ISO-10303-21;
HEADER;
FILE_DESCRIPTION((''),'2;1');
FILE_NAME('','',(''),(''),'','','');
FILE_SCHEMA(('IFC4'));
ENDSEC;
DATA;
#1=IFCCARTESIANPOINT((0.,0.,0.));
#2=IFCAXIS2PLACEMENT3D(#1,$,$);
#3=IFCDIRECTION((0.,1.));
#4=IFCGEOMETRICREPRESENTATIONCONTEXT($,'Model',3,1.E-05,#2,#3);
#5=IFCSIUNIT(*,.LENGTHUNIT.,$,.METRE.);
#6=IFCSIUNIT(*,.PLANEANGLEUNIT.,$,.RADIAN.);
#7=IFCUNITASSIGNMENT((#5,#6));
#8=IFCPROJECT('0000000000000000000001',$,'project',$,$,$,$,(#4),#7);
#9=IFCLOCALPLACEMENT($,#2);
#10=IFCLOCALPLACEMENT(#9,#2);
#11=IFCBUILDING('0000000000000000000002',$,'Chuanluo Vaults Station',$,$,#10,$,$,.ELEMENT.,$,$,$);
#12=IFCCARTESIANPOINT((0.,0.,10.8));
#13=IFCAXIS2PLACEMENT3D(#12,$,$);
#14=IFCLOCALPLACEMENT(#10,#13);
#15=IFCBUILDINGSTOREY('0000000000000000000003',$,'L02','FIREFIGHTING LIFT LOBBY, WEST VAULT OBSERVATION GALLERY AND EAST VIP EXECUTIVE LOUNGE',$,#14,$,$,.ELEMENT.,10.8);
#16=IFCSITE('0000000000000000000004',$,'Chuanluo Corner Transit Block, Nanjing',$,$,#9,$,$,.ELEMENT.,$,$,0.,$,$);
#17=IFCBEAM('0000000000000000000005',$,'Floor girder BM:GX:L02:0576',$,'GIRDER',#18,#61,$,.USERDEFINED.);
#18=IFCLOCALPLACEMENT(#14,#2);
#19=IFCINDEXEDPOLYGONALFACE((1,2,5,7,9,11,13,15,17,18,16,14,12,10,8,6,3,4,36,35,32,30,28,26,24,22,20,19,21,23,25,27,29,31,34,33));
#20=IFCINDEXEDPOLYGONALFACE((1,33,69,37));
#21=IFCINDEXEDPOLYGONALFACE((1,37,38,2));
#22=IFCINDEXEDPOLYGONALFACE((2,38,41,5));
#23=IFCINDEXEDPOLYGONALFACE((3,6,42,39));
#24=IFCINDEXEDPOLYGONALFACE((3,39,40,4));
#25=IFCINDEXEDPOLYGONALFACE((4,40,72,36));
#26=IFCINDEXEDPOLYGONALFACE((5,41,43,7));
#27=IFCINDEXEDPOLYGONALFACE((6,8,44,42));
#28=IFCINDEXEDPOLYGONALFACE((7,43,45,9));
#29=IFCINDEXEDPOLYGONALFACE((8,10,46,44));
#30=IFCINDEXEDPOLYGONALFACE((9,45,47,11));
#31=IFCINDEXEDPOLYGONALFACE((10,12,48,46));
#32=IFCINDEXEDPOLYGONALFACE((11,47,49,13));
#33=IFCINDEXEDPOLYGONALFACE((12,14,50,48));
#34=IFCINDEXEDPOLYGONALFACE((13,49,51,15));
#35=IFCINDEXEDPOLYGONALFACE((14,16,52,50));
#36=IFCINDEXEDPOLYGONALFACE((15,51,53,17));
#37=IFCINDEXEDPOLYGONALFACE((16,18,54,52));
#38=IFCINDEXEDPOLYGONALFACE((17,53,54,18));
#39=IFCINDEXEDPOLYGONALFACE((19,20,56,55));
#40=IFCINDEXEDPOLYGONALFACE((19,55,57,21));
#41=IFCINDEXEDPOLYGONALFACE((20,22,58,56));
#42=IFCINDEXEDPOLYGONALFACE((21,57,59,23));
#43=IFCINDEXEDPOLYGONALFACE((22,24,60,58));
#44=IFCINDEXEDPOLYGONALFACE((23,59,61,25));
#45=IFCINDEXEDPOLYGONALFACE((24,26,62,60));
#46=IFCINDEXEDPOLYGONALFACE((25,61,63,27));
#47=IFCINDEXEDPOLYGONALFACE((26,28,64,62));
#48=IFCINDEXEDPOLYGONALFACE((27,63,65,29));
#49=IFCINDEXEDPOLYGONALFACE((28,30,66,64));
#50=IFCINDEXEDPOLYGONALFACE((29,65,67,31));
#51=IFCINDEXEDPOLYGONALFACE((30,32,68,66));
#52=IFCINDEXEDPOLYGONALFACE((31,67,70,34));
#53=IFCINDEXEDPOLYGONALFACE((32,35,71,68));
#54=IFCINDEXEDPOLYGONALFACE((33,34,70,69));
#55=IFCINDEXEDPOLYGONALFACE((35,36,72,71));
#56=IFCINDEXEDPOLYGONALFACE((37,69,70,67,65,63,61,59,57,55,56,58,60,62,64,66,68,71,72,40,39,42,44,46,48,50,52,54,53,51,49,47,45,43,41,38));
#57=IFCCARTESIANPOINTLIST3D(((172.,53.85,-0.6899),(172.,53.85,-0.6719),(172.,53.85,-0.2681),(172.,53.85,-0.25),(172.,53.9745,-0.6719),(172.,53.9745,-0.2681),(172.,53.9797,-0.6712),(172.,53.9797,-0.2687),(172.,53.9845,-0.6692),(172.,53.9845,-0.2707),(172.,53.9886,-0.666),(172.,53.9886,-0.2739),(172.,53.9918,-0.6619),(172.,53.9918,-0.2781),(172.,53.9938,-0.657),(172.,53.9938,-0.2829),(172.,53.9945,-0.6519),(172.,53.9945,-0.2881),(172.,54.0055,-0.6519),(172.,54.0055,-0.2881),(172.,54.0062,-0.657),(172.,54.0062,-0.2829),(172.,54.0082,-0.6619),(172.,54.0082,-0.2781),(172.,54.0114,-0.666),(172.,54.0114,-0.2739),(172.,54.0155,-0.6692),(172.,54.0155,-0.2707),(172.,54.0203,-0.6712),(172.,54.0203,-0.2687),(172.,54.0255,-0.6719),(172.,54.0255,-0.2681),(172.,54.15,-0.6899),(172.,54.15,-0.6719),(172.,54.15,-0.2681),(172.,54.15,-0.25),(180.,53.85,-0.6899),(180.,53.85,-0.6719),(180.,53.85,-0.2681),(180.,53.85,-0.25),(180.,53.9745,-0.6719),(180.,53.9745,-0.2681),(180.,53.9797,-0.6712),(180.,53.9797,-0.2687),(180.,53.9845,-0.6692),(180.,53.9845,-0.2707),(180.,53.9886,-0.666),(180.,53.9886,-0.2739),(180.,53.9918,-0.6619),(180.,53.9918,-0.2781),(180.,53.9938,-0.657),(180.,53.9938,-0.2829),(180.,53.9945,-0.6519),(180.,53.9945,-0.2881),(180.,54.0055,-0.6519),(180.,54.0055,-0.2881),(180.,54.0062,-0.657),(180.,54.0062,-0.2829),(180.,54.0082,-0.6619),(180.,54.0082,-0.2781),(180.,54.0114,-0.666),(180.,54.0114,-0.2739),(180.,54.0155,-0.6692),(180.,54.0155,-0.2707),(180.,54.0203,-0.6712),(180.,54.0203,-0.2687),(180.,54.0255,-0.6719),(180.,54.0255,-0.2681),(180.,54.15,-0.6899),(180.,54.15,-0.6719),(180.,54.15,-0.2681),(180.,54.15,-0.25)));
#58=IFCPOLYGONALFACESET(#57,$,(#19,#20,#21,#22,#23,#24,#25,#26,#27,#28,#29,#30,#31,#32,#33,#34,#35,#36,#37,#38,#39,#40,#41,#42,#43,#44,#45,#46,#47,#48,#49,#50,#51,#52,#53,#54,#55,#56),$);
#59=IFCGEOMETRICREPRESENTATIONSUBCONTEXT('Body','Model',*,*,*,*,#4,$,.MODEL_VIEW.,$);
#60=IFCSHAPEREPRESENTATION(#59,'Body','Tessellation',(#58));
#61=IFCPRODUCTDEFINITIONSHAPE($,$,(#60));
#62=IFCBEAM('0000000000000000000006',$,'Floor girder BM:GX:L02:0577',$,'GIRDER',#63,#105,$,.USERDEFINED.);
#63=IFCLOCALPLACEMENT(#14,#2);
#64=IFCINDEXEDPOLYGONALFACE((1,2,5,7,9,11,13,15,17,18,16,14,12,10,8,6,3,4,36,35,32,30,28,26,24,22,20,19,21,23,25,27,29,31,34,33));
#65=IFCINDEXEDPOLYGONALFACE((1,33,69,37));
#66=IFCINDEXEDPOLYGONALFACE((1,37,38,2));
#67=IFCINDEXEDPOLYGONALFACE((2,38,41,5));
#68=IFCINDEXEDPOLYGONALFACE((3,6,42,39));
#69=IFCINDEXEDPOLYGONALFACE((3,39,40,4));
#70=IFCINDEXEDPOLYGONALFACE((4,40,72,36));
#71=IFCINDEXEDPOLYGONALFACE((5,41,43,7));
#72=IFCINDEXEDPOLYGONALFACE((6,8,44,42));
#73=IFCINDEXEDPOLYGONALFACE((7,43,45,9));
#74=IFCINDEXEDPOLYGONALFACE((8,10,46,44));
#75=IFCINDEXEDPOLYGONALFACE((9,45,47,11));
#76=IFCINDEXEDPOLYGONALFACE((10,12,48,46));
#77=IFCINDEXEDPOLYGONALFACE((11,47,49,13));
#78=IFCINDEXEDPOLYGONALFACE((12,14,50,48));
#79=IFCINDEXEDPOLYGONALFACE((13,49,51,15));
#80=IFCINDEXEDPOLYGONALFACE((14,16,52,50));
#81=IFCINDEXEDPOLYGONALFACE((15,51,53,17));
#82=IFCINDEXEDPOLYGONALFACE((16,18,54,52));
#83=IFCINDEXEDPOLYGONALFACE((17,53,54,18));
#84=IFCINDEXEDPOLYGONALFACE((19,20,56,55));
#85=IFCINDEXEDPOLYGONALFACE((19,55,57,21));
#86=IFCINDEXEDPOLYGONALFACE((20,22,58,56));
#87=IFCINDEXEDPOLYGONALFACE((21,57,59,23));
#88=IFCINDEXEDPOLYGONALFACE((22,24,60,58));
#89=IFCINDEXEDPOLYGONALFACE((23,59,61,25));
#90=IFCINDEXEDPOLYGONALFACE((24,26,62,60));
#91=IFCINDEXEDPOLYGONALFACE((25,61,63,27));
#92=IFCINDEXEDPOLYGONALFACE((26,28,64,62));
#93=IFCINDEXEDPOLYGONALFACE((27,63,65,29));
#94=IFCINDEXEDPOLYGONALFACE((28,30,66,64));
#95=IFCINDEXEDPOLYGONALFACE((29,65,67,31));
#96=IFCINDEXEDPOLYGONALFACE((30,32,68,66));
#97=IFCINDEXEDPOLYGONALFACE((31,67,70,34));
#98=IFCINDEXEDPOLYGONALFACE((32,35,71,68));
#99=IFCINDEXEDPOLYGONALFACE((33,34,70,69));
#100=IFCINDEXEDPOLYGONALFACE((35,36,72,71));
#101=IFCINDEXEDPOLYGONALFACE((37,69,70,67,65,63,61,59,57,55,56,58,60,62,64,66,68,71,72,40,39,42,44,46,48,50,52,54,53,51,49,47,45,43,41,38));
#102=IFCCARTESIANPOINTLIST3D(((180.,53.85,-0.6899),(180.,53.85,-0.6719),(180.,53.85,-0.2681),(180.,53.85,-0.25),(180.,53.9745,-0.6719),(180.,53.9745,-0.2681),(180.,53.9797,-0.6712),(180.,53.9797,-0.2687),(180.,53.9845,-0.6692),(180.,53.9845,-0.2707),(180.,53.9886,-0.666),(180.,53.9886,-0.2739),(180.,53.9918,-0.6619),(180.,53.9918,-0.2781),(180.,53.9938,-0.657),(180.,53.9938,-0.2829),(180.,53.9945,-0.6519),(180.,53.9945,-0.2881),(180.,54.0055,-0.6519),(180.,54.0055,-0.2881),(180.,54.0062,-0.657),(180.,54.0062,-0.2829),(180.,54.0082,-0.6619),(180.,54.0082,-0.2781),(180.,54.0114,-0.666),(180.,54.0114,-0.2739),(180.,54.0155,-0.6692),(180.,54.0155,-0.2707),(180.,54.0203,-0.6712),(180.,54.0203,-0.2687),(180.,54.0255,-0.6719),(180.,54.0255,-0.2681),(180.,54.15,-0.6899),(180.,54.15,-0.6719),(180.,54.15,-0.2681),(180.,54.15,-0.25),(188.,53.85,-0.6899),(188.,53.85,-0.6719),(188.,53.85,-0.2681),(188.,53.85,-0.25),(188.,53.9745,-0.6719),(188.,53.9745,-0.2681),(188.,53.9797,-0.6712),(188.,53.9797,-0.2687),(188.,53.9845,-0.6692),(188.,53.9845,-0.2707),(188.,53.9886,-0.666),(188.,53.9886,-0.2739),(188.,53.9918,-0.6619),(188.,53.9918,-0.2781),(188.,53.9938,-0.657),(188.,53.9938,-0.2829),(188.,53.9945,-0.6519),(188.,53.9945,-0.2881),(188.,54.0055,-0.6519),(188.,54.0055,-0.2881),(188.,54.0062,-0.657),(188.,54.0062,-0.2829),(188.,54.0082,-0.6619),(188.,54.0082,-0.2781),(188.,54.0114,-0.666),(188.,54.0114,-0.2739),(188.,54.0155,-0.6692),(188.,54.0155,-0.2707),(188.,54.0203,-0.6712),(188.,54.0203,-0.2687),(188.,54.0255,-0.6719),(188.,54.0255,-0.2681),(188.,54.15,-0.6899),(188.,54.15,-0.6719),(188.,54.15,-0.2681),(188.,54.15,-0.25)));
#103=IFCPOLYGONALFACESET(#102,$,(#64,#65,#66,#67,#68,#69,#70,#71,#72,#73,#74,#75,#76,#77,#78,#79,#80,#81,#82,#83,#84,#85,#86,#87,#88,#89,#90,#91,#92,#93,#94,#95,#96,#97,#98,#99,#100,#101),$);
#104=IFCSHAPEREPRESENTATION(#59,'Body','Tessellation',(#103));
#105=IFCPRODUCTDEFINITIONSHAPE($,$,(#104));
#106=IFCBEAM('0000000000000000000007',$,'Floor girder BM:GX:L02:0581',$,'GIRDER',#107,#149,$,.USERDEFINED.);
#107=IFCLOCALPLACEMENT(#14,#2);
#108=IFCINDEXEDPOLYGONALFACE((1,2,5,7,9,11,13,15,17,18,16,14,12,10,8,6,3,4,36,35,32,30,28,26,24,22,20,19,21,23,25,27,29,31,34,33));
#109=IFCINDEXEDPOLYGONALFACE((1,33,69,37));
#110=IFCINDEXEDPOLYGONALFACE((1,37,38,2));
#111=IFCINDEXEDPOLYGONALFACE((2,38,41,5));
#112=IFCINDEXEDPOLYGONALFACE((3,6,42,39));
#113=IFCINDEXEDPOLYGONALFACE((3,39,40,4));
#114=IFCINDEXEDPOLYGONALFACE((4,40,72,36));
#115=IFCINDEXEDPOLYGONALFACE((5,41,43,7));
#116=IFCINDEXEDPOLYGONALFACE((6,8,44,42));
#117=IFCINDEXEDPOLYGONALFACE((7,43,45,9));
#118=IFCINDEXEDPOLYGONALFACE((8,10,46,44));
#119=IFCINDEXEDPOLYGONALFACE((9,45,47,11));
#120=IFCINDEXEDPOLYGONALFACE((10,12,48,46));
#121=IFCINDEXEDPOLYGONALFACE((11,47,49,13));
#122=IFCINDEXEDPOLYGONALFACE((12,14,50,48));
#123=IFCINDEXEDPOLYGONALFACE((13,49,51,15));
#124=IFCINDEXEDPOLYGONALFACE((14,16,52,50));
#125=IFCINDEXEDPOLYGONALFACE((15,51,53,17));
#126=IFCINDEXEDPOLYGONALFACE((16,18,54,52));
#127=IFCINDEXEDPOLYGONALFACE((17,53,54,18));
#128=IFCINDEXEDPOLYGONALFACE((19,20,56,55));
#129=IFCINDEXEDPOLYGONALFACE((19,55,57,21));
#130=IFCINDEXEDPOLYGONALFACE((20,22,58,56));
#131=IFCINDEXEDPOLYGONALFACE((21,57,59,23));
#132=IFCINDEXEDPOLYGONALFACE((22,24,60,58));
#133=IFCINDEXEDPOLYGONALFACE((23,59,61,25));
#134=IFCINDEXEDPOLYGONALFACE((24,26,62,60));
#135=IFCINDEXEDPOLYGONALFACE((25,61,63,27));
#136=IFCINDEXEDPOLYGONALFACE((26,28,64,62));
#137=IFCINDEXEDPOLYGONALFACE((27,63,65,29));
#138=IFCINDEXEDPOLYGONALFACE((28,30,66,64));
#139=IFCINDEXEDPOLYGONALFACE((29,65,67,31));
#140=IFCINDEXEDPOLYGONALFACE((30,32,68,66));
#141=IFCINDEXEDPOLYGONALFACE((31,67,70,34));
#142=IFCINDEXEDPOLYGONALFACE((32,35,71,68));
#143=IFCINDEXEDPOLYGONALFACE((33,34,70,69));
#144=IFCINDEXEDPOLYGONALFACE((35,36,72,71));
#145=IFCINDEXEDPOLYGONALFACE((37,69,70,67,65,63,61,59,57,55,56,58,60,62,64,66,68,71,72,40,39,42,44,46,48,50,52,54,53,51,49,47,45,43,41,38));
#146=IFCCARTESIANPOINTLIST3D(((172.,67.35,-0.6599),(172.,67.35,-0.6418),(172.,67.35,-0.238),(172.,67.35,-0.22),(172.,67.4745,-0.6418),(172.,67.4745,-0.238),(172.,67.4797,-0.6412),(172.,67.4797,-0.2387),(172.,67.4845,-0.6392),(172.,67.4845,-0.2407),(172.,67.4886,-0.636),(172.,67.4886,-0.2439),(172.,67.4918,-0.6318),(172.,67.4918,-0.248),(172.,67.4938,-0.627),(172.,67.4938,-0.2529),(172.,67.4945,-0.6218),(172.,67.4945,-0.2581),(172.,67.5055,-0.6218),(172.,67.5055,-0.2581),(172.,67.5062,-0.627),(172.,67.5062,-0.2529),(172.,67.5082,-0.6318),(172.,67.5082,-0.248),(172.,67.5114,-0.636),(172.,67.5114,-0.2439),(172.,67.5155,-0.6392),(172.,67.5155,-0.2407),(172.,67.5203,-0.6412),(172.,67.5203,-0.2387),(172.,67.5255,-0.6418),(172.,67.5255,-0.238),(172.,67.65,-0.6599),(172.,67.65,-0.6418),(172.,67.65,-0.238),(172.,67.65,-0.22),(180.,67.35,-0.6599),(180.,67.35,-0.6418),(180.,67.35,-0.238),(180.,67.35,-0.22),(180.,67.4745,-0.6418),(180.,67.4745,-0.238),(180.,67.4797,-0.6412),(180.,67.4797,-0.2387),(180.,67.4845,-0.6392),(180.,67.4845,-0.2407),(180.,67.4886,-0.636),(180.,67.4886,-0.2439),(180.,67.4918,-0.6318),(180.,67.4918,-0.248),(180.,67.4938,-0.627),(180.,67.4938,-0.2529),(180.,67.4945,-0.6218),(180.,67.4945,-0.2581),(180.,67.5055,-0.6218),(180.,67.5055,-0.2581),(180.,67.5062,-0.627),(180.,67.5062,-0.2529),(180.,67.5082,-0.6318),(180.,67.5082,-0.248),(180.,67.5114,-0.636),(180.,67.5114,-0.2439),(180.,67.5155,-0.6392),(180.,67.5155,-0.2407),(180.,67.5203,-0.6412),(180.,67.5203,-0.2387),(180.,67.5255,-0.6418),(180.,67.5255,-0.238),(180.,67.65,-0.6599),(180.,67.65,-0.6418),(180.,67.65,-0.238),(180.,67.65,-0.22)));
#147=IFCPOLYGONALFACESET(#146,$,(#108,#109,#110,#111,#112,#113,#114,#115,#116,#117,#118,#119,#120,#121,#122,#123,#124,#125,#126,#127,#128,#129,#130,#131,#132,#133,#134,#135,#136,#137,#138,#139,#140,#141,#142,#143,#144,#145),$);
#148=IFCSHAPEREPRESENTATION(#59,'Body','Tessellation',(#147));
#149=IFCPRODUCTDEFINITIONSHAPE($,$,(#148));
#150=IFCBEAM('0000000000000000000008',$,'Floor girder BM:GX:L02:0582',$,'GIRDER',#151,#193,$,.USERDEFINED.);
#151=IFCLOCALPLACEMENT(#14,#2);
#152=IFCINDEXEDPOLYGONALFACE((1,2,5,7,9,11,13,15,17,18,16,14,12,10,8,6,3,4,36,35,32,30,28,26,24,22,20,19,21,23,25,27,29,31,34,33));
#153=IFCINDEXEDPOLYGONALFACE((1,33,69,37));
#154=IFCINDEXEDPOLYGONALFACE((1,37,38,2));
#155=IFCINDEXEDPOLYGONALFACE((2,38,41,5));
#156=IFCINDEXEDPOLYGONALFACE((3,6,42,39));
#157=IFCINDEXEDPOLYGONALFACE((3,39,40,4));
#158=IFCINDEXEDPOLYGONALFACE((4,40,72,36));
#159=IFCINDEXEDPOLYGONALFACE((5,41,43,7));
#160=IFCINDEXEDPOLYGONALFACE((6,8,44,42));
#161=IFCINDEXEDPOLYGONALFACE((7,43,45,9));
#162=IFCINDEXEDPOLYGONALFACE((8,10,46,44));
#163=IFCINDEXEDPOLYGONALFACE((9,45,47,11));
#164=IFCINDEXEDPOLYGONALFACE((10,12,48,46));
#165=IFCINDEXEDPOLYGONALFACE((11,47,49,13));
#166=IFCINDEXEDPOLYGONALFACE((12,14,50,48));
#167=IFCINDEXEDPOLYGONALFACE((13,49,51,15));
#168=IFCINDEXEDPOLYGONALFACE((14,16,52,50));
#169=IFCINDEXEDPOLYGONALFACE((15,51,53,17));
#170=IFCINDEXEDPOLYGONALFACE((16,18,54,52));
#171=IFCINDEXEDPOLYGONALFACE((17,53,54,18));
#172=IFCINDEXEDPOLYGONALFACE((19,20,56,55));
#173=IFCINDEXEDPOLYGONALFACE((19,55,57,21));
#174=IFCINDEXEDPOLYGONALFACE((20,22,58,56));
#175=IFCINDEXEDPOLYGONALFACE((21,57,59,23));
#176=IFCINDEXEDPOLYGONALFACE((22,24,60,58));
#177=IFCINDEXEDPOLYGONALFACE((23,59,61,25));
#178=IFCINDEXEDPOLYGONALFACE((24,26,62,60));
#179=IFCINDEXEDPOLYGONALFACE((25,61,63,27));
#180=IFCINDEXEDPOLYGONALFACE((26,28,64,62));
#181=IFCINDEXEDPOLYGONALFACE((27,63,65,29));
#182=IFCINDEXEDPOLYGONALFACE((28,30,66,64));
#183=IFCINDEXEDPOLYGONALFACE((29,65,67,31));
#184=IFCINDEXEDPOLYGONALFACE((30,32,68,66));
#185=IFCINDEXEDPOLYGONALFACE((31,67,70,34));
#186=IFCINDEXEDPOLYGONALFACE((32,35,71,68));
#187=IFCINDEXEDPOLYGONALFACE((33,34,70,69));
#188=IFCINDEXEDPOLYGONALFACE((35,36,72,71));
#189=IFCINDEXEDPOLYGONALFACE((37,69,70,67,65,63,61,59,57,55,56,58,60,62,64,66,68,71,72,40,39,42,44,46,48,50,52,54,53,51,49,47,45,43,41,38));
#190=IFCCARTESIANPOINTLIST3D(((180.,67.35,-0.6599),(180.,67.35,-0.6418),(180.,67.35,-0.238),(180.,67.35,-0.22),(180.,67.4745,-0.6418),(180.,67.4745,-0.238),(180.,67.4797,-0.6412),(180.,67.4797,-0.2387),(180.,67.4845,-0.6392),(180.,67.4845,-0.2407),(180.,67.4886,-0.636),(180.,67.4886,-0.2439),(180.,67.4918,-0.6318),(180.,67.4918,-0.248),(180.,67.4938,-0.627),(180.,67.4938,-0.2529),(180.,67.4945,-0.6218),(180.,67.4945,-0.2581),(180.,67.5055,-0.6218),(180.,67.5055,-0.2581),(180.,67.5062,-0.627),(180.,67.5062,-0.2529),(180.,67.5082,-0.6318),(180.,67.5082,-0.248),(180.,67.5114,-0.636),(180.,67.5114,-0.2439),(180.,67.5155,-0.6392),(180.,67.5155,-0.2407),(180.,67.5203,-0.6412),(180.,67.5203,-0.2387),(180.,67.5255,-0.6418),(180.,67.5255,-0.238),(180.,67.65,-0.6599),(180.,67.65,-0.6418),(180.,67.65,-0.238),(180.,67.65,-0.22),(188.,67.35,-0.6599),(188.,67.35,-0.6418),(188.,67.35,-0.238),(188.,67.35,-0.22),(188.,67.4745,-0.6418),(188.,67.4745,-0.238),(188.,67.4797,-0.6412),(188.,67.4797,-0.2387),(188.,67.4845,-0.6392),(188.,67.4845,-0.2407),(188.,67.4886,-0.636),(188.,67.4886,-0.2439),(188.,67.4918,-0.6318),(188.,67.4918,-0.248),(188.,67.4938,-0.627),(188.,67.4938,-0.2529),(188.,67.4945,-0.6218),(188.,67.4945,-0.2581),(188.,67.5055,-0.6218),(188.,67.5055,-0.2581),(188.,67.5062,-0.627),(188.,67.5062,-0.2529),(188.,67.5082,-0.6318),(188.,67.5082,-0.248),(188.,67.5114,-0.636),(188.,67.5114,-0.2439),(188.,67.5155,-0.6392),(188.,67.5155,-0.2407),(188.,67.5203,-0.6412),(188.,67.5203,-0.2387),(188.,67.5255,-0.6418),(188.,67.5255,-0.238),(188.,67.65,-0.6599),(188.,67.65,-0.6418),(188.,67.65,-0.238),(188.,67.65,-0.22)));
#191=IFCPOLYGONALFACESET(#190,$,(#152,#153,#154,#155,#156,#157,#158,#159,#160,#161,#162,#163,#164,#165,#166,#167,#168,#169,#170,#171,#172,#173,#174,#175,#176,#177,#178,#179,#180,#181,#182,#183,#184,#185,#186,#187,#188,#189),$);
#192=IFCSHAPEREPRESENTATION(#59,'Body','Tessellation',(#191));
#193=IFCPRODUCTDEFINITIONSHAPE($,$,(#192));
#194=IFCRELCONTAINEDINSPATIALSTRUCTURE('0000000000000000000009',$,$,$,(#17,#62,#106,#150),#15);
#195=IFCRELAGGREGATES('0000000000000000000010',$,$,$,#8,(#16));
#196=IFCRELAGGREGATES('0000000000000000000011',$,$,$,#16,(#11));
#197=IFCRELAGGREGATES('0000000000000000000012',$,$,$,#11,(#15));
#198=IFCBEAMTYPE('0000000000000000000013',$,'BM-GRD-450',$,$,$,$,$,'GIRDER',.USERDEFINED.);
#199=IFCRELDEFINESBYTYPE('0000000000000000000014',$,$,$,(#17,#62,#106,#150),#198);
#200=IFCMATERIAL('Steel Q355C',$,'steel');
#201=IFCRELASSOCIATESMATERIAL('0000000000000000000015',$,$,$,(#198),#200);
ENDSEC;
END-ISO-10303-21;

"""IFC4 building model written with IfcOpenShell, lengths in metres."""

from ifc_helpers import new_model, si_unit, direction, frame, origin, origin_2d, place, context, subcontext, project, spatial, i_section, extrude, material, material_profile, profile_set, type_object, element, save


model = new_model("IFC4")

# Units and contexts
model_context = context("Model", 3, precision=1e-05, world=origin(), true_north=direction((0.0, 1.0)))
body_context = subcontext(model_context, "Body", "Model", "MODEL_VIEW")
ifc_project = project(units=[si_unit("LENGTHUNIT", "METRE"), si_unit("PLANEANGLEUNIT", "RADIAN")], contexts=[model_context])

# Site, building, storey
site_placement = place(None, origin())
site = spatial("IfcSite", under=ifc_project, at=site_placement, Name="Chuanluo Corner Transit Block, Nanjing", CompositionType="ELEMENT", RefElevation=0.0)
building_placement = place(site_placement, origin())
building = spatial("IfcBuilding", under=site, at=building_placement, Name="Chuanluo Vaults Station", CompositionType="ELEMENT")
storey_placement = place(building_placement, frame((0.0, 0.0, 10.8)))
storey = spatial("IfcBuildingStorey", under=building, at=storey_placement, Name="L02", Description="FIREFIGHTING LIFT LOBBY, WEST VAULT OBSERVATION GALLERY AND EAST VIP EXECUTIVE LOUNGE", CompositionType="ELEMENT", Elevation=10.8)

# Beams
ifc_material_1 = material(Name="Steel Q355C", Category="steel")
ifc_material_profile_1 = material_profile(ifc_material_1, i_section(OverallWidth=0.3, OverallDepth=0.4399, WebThickness=0.011, FlangeThickness=0.0181, FilletRadius=0.02, at=origin_2d()))
ifc_profile_set_1 = profile_set([ifc_material_profile_1], Name="Steel Q355C")
beam_type_1 = type_object("IfcBeamType", Name="BM-GRD-450", ElementType="GIRDER", PredefinedType="USERDEFINED", material=ifc_profile_set_1)
for number, where, z_axis, x_axis, name in (
    (1, (172.0, 54.0, -0.47), (1.0, 0.0, 0.0), (0.0, 1.0, 0.0), "Floor girder BM:GX:L02:0576"),
    (2, (180.0, 54.0, -0.47), (1.0, 0.0, 0.0), (0.0, 1.0, 0.0), "Floor girder BM:GX:L02:0577"),
    (3, (172.0, 67.5, -0.4399), (1.0, 0.0, 0.0), (0.0, 1.0, 0.0), "Floor girder BM:GX:L02:0581"),
    (4, (180.0, 67.5, -0.4399), (1.0, 0.0, 0.0), (0.0, 1.0, 0.0), "Floor girder BM:GX:L02:0582"),
):
    element("IfcBeam", number, at=place(storey_placement, frame(where, z_axis=z_axis, x_axis=x_axis)), inside=storey, type_object=beam_type_1, Name=name, ObjectType="GIRDER", PredefinedType="USERDEFINED", context=body_context, shape_type="SweptSolid", body=[
        extrude(i_section(OverallWidth=0.3, OverallDepth=0.4399, WebThickness=0.011, FlangeThickness=0.0181, FilletRadius=0.02, at=origin_2d()), origin(), (0.0, 0.0, 1.0), 8.0),
    ])

save(model, "model.ifc")
